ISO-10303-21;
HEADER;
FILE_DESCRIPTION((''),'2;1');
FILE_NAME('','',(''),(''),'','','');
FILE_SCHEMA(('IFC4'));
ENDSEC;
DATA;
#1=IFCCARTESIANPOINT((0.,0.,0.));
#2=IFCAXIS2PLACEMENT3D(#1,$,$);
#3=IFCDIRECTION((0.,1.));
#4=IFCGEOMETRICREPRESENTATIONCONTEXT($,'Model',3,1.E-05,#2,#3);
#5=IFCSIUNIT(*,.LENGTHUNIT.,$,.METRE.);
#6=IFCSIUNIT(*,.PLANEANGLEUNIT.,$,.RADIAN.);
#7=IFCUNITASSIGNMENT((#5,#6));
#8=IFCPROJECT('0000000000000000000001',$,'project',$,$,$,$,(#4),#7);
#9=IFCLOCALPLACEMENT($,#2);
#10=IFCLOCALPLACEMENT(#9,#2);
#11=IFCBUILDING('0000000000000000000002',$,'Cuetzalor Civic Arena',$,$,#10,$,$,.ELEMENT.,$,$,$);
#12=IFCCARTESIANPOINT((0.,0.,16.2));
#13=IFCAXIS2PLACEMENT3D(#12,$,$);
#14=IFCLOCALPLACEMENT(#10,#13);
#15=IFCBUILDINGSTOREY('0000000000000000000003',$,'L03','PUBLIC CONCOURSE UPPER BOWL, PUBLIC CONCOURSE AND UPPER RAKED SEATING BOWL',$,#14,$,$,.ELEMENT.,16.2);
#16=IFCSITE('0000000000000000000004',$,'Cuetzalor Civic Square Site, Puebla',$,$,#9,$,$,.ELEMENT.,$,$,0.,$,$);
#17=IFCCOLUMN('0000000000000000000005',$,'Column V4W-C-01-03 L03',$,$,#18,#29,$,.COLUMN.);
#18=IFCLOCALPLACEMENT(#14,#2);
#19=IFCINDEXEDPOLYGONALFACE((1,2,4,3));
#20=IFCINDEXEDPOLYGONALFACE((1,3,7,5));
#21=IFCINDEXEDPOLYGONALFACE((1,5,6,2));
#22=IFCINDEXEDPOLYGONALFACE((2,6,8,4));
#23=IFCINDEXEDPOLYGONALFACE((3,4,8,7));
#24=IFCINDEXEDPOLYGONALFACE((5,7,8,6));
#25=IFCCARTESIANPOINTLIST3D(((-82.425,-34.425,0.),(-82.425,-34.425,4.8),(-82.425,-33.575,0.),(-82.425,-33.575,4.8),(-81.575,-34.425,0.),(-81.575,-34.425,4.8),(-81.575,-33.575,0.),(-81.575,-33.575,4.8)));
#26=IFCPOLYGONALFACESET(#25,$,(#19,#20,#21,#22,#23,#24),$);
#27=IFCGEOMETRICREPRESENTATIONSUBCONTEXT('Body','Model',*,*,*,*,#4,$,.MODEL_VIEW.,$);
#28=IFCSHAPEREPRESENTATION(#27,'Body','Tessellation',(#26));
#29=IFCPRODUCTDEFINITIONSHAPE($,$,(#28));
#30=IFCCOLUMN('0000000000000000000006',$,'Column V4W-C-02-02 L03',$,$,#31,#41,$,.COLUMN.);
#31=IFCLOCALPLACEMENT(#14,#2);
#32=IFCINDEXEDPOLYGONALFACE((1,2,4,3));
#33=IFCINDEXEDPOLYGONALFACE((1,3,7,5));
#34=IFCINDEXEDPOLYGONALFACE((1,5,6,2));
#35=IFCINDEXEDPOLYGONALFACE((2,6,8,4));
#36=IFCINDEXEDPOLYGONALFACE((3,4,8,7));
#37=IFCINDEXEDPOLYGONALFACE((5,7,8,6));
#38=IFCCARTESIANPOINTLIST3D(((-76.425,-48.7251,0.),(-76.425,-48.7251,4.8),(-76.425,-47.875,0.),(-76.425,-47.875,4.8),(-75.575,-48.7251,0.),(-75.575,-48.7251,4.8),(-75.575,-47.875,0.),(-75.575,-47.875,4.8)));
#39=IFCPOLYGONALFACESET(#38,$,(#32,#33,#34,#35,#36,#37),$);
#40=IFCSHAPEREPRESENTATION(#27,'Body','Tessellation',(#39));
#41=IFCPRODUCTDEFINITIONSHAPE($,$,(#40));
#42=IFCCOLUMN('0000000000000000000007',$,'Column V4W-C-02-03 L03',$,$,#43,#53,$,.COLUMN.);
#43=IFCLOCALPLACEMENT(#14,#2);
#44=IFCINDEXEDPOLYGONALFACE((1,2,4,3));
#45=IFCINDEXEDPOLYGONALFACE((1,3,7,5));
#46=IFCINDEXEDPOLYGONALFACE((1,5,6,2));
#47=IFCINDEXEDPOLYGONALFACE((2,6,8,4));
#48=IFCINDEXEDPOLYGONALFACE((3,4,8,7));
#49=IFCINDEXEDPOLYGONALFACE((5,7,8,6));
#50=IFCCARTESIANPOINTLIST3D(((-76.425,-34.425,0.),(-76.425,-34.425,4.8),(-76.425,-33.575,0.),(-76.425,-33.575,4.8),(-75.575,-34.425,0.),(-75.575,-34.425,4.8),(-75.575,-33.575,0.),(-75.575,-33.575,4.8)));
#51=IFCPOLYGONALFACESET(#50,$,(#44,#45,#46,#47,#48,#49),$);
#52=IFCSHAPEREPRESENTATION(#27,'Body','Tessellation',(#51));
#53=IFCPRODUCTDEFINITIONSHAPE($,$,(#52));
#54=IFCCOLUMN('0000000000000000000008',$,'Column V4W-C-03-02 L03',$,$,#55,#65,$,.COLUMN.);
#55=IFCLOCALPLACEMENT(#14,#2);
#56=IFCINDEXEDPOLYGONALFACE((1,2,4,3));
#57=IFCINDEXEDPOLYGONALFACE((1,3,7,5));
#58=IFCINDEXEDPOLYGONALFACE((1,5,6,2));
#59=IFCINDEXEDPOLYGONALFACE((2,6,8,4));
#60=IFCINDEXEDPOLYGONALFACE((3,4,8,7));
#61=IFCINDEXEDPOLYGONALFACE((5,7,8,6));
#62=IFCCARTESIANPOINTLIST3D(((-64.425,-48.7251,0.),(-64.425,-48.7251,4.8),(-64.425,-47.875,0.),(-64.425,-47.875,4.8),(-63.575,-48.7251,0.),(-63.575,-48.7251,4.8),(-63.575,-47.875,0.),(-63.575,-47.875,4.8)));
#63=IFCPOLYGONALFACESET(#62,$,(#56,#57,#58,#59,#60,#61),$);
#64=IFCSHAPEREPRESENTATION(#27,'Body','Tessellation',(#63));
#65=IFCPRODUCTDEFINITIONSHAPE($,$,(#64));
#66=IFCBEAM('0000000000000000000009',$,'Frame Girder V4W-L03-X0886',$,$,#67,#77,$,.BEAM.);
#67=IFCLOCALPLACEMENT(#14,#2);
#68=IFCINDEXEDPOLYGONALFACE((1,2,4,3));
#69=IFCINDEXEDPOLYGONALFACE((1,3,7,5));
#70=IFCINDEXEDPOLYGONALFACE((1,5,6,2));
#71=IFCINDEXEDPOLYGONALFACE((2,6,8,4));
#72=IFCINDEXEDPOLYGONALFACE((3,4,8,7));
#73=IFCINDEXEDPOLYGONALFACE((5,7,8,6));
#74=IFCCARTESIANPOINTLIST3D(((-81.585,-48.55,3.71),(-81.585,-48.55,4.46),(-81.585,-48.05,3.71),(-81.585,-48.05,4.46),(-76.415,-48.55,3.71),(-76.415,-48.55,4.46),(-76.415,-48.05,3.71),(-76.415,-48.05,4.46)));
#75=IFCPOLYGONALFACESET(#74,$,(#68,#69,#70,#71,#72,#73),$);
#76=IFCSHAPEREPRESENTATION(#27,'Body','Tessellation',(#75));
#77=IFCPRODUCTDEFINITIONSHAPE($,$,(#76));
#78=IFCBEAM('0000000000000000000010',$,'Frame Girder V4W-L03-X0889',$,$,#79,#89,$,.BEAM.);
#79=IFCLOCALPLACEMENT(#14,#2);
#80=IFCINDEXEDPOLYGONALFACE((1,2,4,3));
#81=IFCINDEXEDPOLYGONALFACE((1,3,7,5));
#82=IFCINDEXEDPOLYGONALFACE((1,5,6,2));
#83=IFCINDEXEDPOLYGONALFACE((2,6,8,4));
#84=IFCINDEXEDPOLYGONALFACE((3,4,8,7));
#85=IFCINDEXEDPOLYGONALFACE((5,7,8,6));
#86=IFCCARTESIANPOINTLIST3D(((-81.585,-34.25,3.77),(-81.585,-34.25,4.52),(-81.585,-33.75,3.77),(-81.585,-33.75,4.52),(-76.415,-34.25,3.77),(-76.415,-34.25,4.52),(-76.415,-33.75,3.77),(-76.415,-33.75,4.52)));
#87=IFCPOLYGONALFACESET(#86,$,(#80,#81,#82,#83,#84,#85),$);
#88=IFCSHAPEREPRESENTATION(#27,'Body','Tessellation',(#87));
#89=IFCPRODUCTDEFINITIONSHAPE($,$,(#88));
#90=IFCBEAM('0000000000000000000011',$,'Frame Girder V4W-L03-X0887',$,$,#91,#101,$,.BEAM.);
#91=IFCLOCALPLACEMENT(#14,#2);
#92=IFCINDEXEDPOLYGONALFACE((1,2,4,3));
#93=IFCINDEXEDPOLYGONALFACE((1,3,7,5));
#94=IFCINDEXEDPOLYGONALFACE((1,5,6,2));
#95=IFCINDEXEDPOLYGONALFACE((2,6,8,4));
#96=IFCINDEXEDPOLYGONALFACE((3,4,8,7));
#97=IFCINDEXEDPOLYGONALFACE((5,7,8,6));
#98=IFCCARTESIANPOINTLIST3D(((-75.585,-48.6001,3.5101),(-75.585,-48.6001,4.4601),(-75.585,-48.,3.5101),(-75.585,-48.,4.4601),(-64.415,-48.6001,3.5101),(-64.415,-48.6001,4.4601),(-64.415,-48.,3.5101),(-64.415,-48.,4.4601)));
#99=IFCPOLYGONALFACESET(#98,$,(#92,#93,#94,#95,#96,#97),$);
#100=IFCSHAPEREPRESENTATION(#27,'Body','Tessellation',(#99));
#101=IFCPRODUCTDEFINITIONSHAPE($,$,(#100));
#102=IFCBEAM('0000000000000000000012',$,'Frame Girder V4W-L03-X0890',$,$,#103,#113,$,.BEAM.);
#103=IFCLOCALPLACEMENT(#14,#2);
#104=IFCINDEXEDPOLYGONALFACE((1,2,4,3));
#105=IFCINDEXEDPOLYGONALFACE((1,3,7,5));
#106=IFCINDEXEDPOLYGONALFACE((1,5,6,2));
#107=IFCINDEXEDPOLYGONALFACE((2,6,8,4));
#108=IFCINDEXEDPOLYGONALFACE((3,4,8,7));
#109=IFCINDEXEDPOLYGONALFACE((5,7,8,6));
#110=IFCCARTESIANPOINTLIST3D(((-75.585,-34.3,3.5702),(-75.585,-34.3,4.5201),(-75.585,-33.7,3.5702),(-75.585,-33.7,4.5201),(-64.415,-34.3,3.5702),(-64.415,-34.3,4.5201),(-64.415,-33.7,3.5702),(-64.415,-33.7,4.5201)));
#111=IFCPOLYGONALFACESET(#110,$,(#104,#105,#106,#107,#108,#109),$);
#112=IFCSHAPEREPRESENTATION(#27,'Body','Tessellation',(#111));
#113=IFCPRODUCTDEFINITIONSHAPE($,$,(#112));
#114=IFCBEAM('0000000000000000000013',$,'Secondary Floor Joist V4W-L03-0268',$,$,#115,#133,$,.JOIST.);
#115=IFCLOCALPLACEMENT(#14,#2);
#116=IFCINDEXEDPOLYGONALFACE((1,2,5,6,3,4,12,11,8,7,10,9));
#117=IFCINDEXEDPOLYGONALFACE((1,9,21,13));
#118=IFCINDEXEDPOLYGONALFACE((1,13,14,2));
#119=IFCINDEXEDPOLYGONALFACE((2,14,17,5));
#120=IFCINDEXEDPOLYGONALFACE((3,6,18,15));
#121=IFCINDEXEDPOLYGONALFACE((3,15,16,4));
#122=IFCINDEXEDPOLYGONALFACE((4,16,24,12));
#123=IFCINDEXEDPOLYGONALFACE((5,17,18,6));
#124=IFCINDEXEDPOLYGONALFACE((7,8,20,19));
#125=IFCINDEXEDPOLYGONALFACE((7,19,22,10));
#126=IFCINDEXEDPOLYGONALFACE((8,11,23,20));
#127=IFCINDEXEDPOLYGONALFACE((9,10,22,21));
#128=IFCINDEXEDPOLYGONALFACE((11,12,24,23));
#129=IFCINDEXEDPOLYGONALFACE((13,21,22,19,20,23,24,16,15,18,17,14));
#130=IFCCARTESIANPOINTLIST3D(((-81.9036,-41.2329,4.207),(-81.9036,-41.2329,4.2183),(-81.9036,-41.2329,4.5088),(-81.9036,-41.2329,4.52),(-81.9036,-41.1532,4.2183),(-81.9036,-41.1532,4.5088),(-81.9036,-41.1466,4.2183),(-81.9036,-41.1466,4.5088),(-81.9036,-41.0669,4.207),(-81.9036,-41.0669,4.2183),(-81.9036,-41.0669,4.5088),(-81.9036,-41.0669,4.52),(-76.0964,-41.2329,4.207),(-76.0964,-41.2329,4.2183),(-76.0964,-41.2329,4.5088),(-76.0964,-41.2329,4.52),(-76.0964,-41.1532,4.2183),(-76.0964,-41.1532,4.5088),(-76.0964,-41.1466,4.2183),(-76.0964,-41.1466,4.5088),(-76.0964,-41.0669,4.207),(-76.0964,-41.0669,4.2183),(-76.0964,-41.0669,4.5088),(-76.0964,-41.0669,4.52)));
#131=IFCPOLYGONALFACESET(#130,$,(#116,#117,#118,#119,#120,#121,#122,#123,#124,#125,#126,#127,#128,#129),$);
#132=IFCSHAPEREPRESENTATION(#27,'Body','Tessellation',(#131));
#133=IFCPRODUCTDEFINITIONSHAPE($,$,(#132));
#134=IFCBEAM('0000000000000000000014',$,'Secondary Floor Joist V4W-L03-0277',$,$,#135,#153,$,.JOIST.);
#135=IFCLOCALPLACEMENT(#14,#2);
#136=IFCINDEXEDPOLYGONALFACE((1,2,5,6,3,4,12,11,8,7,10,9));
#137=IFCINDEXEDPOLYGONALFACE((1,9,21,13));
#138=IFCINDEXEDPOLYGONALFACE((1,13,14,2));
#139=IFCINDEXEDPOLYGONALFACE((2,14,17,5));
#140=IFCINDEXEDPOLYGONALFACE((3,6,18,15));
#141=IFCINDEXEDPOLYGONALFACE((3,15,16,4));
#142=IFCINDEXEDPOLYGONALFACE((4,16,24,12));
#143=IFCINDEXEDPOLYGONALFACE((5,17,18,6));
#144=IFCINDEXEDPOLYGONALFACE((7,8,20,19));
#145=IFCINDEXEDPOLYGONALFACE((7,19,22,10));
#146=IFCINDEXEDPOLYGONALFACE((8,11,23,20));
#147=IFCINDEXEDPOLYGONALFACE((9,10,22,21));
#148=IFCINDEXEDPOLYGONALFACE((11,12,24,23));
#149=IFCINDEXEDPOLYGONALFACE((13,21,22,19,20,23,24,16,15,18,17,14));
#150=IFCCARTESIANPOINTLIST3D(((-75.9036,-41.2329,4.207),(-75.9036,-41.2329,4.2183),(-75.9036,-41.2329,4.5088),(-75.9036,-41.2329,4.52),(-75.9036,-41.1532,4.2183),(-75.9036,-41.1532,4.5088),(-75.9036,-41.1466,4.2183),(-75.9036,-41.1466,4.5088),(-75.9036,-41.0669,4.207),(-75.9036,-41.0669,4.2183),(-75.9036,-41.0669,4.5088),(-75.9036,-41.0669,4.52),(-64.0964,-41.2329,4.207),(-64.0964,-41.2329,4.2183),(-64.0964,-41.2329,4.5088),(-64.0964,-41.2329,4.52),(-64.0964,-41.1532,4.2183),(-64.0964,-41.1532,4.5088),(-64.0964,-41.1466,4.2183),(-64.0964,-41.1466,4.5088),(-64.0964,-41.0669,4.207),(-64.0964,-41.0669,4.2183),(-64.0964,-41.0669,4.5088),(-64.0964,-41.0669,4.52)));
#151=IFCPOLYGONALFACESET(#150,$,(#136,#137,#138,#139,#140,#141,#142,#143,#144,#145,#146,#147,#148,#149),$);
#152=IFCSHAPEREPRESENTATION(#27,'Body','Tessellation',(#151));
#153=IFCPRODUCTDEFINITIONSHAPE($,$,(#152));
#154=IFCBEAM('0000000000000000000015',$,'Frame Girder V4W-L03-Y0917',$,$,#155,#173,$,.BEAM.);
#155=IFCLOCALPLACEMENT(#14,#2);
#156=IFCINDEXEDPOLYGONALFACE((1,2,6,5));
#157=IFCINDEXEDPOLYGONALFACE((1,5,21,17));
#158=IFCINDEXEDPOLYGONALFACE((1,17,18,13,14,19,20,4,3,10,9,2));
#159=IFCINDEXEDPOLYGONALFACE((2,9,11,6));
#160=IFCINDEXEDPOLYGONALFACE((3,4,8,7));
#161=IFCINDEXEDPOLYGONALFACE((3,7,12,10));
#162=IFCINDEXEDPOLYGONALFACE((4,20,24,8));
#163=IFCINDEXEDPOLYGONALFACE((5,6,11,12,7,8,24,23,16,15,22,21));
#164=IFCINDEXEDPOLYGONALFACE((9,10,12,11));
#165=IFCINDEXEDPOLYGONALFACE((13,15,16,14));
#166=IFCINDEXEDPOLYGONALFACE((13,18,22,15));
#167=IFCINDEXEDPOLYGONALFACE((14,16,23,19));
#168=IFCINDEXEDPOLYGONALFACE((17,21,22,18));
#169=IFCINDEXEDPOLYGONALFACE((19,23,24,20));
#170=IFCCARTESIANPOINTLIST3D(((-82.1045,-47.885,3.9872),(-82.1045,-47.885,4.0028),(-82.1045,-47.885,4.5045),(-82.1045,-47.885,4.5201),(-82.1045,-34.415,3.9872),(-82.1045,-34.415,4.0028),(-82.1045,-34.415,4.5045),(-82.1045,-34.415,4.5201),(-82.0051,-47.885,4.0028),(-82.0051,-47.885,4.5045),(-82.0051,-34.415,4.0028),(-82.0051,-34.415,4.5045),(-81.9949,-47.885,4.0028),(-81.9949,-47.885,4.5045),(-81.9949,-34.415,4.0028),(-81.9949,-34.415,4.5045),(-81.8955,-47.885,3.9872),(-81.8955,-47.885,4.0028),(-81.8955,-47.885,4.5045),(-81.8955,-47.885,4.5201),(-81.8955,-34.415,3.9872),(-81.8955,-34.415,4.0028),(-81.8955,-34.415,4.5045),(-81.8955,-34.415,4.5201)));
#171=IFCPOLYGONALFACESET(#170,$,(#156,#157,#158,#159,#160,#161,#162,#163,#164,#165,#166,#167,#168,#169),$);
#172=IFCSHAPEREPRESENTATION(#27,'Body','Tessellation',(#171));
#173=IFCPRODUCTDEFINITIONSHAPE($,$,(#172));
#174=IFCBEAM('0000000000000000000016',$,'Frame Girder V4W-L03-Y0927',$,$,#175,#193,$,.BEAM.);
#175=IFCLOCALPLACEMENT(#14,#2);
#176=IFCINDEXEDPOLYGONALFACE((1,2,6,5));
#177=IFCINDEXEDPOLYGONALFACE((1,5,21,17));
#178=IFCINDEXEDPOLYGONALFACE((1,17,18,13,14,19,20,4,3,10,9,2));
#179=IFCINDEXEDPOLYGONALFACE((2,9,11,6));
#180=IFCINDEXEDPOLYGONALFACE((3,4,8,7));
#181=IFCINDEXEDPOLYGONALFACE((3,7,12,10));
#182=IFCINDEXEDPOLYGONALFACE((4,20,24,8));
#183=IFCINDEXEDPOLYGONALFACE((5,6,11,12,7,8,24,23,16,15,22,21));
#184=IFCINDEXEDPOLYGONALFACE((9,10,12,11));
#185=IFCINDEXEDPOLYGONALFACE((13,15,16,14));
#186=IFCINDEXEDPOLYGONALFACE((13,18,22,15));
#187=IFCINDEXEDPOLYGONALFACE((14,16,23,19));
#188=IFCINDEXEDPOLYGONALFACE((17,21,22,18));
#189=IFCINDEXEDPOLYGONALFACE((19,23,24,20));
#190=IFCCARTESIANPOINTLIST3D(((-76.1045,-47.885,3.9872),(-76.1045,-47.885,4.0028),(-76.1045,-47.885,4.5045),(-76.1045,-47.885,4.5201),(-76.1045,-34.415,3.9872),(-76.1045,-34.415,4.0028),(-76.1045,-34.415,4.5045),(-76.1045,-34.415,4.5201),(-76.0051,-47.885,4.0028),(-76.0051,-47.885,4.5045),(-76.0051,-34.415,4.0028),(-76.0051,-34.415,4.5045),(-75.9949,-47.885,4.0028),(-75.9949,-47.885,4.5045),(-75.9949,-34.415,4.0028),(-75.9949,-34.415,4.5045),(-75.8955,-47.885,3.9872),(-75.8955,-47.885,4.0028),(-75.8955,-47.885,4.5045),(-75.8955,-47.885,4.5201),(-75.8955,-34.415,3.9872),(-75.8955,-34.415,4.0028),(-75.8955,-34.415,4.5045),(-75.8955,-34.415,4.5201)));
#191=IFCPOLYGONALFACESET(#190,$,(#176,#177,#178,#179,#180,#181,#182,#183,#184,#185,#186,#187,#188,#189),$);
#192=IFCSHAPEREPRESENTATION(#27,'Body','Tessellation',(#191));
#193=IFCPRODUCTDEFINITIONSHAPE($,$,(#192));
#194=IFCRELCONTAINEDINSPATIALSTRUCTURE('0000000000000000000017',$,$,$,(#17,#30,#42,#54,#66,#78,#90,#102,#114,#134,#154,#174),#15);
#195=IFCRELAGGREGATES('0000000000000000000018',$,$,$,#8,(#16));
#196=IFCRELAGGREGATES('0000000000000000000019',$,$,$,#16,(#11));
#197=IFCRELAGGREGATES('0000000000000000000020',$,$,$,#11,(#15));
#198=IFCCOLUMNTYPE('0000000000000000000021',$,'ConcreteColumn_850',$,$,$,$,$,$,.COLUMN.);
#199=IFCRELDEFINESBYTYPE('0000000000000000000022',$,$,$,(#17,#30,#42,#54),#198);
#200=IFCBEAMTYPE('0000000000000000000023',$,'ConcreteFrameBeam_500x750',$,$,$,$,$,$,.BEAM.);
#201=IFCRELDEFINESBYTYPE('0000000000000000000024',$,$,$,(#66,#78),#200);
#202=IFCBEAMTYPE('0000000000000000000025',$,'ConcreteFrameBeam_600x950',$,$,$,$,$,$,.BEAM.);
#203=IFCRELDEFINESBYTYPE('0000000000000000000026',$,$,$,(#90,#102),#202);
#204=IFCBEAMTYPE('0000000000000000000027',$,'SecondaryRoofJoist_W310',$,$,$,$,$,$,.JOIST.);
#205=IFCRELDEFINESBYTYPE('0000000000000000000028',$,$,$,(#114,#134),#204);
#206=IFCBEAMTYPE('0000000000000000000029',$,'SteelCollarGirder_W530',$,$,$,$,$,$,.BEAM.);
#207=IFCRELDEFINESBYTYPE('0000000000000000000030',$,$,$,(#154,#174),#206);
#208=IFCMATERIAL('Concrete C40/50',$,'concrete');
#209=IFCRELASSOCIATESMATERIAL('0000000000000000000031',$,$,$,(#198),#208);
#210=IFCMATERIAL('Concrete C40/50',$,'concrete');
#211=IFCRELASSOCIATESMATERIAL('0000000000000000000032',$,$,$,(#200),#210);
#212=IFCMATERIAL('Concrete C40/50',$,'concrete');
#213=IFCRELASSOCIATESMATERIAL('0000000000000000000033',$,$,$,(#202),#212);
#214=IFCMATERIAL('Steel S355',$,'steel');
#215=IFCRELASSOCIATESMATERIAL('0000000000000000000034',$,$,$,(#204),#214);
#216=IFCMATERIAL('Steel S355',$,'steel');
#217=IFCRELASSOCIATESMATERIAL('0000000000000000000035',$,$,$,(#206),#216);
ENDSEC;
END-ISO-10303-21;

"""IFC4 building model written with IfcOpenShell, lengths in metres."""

from ifc_helpers import new_model, si_unit, direction, frame, origin, origin_2d, place, context, subcontext, project, spatial, rectangle, i_section, extrude, material, material_profile, profile_set, type_object, element, save


model = new_model("IFC4")

# Units and contexts
model_context = context("Model", 3, precision=1e-05, world=origin(), true_north=direction((0.0, 1.0)))
body_context = subcontext(model_context, "Body", "Model", "MODEL_VIEW")
ifc_project = project(units=[si_unit("LENGTHUNIT", "METRE"), si_unit("PLANEANGLEUNIT", "RADIAN")], contexts=[model_context])

# Site, building, storey
site_placement = place(None, origin())
site = spatial("IfcSite", under=ifc_project, at=site_placement, Name="Cuetzalor Civic Square Site, Puebla", CompositionType="ELEMENT", RefElevation=0.0)
building_placement = place(site_placement, origin())
building = spatial("IfcBuilding", under=site, at=building_placement, Name="Cuetzalor Civic Arena", CompositionType="ELEMENT")
storey_placement = place(building_placement, frame((0.0, 0.0, 16.2)))
storey = spatial("IfcBuildingStorey", under=building, at=storey_placement, Name="L03", Description="PUBLIC CONCOURSE UPPER BOWL, PUBLIC CONCOURSE AND UPPER RAKED SEATING BOWL", CompositionType="ELEMENT", Elevation=16.2)

# Columns
ifc_material_1 = material(Name="Concrete C40/50", Category="concrete")
ifc_material_profile_1 = material_profile(ifc_material_1, rectangle(XDim=0.8501, YDim=0.8501, at=origin_2d()), Name="RC 850x850")
ifc_profile_set_1 = profile_set([ifc_material_profile_1], Name="Concrete C40/50")
column_type = type_object("IfcColumnType", Name="ConcreteColumn_850", PredefinedType="COLUMN", material=ifc_profile_set_1)
for number, where, z_axis, x_axis, name in (
    (1, (-82.0, -34.0, 0.0), (0.0, 0.0, 1.0), (1.0, 0.0, 0.0), "Column V4W-C-01-03 L03"),
    (2, (-76.0, -48.3, 0.0), (0.0, 0.0, 1.0), (1.0, 0.0, 0.0), "Column V4W-C-02-02 L03"),
    (3, (-76.0, -34.0, 0.0), (0.0, 0.0, 1.0), (1.0, 0.0, 0.0), "Column V4W-C-02-03 L03"),
    (4, (-64.0, -48.3, 0.0), (0.0, 0.0, 1.0), (1.0, 0.0, 0.0), "Column V4W-C-03-02 L03"),
):
    element("IfcColumn", number, at=place(storey_placement, frame(where, z_axis=z_axis, x_axis=x_axis)), inside=storey, type_object=column_type, Name=name, PredefinedType="COLUMN", context=body_context, shape_type="SweptSolid", body=[
        extrude(rectangle(XDim=0.8501, YDim=0.8501, at=origin_2d()), origin(), (0.0, 0.0, 1.0), 4.8),
    ])

# Beams
ifc_material_2 = material(Name="Concrete C40/50", Category="concrete")
ifc_material_profile_2 = material_profile(ifc_material_2, rectangle(XDim=0.5, YDim=0.75, at=origin_2d()), Name="RC 500x750")
ifc_profile_set_2 = profile_set([ifc_material_profile_2], Name="Concrete C40/50")
beam_type_1 = type_object("IfcBeamType", Name="ConcreteFrameBeam_500x750", PredefinedType="BEAM", material=ifc_profile_set_2)
for number, where, z_axis, x_axis, name in (
    (5, (-81.585, -48.3, 4.085), (1.0, 0.0, 0.0), (0.0, 1.0, 0.0), "Frame Girder V4W-L03-X0886"),
    (6, (-81.585, -34.0, 4.145), (1.0, 0.0, 0.0), (0.0, 1.0, 0.0), "Frame Girder V4W-L03-X0889"),
):
    element("IfcBeam", number, at=place(storey_placement, frame(where, z_axis=z_axis, x_axis=x_axis)), inside=storey, type_object=beam_type_1, Name=name, PredefinedType="BEAM", context=body_context, shape_type="SweptSolid", body=[
        extrude(rectangle(XDim=0.5, YDim=0.75, at=origin_2d()), origin(), (0.0, 0.0, 1.0), 5.1699),
    ])
ifc_material_3 = material(Name="Concrete C40/50", Category="concrete")
ifc_material_profile_3 = material_profile(ifc_material_3, rectangle(XDim=0.6001, YDim=0.95, at=origin_2d()), Name="RC 600x950")
ifc_profile_set_3 = profile_set([ifc_material_profile_3], Name="Concrete C40/50")
beam_type_2 = type_object("IfcBeamType", Name="ConcreteFrameBeam_600x950", PredefinedType="BEAM", material=ifc_profile_set_3)
for number, where, z_axis, x_axis, name in (
    (7, (-75.585, -48.3, 3.9851), (1.0, 0.0, 0.0), (0.0, 1.0, 0.0), "Frame Girder V4W-L03-X0887"),
    (8, (-75.585, -34.0, 4.0452), (1.0, 0.0, 0.0), (0.0, 1.0, 0.0), "Frame Girder V4W-L03-X0890"),
):
    element("IfcBeam", number, at=place(storey_placement, frame(where, z_axis=z_axis, x_axis=x_axis)), inside=storey, type_object=beam_type_2, Name=name, PredefinedType="BEAM", context=body_context, shape_type="SweptSolid", body=[
        extrude(rectangle(XDim=0.6001, YDim=0.95, at=origin_2d()), origin(), (0.0, 0.0, 1.0), 11.1699),
    ])
ifc_material_4 = material(Name="Steel S355", Category="steel")
ifc_material_profile_4 = material_profile(ifc_material_4, i_section(OverallWidth=0.166, OverallDepth=0.313, WebThickness=0.0066, FlangeThickness=0.0112, at=origin_2d()), Name="W310x45")
ifc_profile_set_4 = profile_set([ifc_material_profile_4], Name="Steel S355")
beam_type_3 = type_object("IfcBeamType", Name="SecondaryRoofJoist_W310", PredefinedType="JOIST", material=ifc_profile_set_4)
beam_1_placement = place(storey_placement, frame((-81.9036, -41.1499, 4.3635), z_axis=(1.0, 0.0, 0.0), x_axis=(0.0, 1.0, 0.0)))
element("IfcBeam", 9, at=beam_1_placement, inside=storey, type_object=beam_type_3, Name="Secondary Floor Joist V4W-L03-0268", PredefinedType="JOIST", context=body_context, shape_type="SweptSolid", body=[
    extrude(i_section(OverallWidth=0.166, OverallDepth=0.313, WebThickness=0.0066, FlangeThickness=0.0112, at=origin_2d()), origin(), (0.0, 0.0, 1.0), 5.8071),
])
beam_2_placement = place(storey_placement, frame((-75.9036, -41.1499, 4.3635), z_axis=(1.0, 0.0, 0.0), x_axis=(0.0, 1.0, 0.0)))
element("IfcBeam", 10, at=beam_2_placement, inside=storey, type_object=beam_type_3, Name="Secondary Floor Joist V4W-L03-0277", PredefinedType="JOIST", context=body_context, shape_type="SweptSolid", body=[
    extrude(i_section(OverallWidth=0.166, OverallDepth=0.313, WebThickness=0.0066, FlangeThickness=0.0112, at=origin_2d()), origin(), (0.0, 0.0, 1.0), 11.8071),
])
ifc_material_5 = material(Name="Steel S355", Category="steel")
ifc_material_profile_5 = material_profile(ifc_material_5, i_section(OverallWidth=0.209, OverallDepth=0.533, WebThickness=0.0103, FlangeThickness=0.0156, at=origin_2d()), Name="W530x92")
ifc_profile_set_5 = profile_set([ifc_material_profile_5], Name="Steel S355")
beam_type_4 = type_object("IfcBeamType", Name="SteelCollarGirder_W530", PredefinedType="BEAM", material=ifc_profile_set_5)
for number, where, z_axis, x_axis, name in (
    (11, (-82.0, -47.885, 4.2537), (0.0, 1.0, 0.0), (-1.0, 0.0, 0.0), "Frame Girder V4W-L03-Y0917"),
    (12, (-76.0, -47.885, 4.2537), (0.0, 1.0, 0.0), (-1.0, 0.0, 0.0), "Frame Girder V4W-L03-Y0927"),
):
    element("IfcBeam", number, at=place(storey_placement, frame(where, z_axis=z_axis, x_axis=x_axis)), inside=storey, type_object=beam_type_4, Name=name, PredefinedType="BEAM", context=body_context, shape_type="SweptSolid", body=[
        extrude(i_section(OverallWidth=0.209, OverallDepth=0.533, WebThickness=0.0103, FlangeThickness=0.0156, at=origin_2d()), origin(), (0.0, 0.0, 1.0), 13.47),
    ])

save(model, "model.ifc")
